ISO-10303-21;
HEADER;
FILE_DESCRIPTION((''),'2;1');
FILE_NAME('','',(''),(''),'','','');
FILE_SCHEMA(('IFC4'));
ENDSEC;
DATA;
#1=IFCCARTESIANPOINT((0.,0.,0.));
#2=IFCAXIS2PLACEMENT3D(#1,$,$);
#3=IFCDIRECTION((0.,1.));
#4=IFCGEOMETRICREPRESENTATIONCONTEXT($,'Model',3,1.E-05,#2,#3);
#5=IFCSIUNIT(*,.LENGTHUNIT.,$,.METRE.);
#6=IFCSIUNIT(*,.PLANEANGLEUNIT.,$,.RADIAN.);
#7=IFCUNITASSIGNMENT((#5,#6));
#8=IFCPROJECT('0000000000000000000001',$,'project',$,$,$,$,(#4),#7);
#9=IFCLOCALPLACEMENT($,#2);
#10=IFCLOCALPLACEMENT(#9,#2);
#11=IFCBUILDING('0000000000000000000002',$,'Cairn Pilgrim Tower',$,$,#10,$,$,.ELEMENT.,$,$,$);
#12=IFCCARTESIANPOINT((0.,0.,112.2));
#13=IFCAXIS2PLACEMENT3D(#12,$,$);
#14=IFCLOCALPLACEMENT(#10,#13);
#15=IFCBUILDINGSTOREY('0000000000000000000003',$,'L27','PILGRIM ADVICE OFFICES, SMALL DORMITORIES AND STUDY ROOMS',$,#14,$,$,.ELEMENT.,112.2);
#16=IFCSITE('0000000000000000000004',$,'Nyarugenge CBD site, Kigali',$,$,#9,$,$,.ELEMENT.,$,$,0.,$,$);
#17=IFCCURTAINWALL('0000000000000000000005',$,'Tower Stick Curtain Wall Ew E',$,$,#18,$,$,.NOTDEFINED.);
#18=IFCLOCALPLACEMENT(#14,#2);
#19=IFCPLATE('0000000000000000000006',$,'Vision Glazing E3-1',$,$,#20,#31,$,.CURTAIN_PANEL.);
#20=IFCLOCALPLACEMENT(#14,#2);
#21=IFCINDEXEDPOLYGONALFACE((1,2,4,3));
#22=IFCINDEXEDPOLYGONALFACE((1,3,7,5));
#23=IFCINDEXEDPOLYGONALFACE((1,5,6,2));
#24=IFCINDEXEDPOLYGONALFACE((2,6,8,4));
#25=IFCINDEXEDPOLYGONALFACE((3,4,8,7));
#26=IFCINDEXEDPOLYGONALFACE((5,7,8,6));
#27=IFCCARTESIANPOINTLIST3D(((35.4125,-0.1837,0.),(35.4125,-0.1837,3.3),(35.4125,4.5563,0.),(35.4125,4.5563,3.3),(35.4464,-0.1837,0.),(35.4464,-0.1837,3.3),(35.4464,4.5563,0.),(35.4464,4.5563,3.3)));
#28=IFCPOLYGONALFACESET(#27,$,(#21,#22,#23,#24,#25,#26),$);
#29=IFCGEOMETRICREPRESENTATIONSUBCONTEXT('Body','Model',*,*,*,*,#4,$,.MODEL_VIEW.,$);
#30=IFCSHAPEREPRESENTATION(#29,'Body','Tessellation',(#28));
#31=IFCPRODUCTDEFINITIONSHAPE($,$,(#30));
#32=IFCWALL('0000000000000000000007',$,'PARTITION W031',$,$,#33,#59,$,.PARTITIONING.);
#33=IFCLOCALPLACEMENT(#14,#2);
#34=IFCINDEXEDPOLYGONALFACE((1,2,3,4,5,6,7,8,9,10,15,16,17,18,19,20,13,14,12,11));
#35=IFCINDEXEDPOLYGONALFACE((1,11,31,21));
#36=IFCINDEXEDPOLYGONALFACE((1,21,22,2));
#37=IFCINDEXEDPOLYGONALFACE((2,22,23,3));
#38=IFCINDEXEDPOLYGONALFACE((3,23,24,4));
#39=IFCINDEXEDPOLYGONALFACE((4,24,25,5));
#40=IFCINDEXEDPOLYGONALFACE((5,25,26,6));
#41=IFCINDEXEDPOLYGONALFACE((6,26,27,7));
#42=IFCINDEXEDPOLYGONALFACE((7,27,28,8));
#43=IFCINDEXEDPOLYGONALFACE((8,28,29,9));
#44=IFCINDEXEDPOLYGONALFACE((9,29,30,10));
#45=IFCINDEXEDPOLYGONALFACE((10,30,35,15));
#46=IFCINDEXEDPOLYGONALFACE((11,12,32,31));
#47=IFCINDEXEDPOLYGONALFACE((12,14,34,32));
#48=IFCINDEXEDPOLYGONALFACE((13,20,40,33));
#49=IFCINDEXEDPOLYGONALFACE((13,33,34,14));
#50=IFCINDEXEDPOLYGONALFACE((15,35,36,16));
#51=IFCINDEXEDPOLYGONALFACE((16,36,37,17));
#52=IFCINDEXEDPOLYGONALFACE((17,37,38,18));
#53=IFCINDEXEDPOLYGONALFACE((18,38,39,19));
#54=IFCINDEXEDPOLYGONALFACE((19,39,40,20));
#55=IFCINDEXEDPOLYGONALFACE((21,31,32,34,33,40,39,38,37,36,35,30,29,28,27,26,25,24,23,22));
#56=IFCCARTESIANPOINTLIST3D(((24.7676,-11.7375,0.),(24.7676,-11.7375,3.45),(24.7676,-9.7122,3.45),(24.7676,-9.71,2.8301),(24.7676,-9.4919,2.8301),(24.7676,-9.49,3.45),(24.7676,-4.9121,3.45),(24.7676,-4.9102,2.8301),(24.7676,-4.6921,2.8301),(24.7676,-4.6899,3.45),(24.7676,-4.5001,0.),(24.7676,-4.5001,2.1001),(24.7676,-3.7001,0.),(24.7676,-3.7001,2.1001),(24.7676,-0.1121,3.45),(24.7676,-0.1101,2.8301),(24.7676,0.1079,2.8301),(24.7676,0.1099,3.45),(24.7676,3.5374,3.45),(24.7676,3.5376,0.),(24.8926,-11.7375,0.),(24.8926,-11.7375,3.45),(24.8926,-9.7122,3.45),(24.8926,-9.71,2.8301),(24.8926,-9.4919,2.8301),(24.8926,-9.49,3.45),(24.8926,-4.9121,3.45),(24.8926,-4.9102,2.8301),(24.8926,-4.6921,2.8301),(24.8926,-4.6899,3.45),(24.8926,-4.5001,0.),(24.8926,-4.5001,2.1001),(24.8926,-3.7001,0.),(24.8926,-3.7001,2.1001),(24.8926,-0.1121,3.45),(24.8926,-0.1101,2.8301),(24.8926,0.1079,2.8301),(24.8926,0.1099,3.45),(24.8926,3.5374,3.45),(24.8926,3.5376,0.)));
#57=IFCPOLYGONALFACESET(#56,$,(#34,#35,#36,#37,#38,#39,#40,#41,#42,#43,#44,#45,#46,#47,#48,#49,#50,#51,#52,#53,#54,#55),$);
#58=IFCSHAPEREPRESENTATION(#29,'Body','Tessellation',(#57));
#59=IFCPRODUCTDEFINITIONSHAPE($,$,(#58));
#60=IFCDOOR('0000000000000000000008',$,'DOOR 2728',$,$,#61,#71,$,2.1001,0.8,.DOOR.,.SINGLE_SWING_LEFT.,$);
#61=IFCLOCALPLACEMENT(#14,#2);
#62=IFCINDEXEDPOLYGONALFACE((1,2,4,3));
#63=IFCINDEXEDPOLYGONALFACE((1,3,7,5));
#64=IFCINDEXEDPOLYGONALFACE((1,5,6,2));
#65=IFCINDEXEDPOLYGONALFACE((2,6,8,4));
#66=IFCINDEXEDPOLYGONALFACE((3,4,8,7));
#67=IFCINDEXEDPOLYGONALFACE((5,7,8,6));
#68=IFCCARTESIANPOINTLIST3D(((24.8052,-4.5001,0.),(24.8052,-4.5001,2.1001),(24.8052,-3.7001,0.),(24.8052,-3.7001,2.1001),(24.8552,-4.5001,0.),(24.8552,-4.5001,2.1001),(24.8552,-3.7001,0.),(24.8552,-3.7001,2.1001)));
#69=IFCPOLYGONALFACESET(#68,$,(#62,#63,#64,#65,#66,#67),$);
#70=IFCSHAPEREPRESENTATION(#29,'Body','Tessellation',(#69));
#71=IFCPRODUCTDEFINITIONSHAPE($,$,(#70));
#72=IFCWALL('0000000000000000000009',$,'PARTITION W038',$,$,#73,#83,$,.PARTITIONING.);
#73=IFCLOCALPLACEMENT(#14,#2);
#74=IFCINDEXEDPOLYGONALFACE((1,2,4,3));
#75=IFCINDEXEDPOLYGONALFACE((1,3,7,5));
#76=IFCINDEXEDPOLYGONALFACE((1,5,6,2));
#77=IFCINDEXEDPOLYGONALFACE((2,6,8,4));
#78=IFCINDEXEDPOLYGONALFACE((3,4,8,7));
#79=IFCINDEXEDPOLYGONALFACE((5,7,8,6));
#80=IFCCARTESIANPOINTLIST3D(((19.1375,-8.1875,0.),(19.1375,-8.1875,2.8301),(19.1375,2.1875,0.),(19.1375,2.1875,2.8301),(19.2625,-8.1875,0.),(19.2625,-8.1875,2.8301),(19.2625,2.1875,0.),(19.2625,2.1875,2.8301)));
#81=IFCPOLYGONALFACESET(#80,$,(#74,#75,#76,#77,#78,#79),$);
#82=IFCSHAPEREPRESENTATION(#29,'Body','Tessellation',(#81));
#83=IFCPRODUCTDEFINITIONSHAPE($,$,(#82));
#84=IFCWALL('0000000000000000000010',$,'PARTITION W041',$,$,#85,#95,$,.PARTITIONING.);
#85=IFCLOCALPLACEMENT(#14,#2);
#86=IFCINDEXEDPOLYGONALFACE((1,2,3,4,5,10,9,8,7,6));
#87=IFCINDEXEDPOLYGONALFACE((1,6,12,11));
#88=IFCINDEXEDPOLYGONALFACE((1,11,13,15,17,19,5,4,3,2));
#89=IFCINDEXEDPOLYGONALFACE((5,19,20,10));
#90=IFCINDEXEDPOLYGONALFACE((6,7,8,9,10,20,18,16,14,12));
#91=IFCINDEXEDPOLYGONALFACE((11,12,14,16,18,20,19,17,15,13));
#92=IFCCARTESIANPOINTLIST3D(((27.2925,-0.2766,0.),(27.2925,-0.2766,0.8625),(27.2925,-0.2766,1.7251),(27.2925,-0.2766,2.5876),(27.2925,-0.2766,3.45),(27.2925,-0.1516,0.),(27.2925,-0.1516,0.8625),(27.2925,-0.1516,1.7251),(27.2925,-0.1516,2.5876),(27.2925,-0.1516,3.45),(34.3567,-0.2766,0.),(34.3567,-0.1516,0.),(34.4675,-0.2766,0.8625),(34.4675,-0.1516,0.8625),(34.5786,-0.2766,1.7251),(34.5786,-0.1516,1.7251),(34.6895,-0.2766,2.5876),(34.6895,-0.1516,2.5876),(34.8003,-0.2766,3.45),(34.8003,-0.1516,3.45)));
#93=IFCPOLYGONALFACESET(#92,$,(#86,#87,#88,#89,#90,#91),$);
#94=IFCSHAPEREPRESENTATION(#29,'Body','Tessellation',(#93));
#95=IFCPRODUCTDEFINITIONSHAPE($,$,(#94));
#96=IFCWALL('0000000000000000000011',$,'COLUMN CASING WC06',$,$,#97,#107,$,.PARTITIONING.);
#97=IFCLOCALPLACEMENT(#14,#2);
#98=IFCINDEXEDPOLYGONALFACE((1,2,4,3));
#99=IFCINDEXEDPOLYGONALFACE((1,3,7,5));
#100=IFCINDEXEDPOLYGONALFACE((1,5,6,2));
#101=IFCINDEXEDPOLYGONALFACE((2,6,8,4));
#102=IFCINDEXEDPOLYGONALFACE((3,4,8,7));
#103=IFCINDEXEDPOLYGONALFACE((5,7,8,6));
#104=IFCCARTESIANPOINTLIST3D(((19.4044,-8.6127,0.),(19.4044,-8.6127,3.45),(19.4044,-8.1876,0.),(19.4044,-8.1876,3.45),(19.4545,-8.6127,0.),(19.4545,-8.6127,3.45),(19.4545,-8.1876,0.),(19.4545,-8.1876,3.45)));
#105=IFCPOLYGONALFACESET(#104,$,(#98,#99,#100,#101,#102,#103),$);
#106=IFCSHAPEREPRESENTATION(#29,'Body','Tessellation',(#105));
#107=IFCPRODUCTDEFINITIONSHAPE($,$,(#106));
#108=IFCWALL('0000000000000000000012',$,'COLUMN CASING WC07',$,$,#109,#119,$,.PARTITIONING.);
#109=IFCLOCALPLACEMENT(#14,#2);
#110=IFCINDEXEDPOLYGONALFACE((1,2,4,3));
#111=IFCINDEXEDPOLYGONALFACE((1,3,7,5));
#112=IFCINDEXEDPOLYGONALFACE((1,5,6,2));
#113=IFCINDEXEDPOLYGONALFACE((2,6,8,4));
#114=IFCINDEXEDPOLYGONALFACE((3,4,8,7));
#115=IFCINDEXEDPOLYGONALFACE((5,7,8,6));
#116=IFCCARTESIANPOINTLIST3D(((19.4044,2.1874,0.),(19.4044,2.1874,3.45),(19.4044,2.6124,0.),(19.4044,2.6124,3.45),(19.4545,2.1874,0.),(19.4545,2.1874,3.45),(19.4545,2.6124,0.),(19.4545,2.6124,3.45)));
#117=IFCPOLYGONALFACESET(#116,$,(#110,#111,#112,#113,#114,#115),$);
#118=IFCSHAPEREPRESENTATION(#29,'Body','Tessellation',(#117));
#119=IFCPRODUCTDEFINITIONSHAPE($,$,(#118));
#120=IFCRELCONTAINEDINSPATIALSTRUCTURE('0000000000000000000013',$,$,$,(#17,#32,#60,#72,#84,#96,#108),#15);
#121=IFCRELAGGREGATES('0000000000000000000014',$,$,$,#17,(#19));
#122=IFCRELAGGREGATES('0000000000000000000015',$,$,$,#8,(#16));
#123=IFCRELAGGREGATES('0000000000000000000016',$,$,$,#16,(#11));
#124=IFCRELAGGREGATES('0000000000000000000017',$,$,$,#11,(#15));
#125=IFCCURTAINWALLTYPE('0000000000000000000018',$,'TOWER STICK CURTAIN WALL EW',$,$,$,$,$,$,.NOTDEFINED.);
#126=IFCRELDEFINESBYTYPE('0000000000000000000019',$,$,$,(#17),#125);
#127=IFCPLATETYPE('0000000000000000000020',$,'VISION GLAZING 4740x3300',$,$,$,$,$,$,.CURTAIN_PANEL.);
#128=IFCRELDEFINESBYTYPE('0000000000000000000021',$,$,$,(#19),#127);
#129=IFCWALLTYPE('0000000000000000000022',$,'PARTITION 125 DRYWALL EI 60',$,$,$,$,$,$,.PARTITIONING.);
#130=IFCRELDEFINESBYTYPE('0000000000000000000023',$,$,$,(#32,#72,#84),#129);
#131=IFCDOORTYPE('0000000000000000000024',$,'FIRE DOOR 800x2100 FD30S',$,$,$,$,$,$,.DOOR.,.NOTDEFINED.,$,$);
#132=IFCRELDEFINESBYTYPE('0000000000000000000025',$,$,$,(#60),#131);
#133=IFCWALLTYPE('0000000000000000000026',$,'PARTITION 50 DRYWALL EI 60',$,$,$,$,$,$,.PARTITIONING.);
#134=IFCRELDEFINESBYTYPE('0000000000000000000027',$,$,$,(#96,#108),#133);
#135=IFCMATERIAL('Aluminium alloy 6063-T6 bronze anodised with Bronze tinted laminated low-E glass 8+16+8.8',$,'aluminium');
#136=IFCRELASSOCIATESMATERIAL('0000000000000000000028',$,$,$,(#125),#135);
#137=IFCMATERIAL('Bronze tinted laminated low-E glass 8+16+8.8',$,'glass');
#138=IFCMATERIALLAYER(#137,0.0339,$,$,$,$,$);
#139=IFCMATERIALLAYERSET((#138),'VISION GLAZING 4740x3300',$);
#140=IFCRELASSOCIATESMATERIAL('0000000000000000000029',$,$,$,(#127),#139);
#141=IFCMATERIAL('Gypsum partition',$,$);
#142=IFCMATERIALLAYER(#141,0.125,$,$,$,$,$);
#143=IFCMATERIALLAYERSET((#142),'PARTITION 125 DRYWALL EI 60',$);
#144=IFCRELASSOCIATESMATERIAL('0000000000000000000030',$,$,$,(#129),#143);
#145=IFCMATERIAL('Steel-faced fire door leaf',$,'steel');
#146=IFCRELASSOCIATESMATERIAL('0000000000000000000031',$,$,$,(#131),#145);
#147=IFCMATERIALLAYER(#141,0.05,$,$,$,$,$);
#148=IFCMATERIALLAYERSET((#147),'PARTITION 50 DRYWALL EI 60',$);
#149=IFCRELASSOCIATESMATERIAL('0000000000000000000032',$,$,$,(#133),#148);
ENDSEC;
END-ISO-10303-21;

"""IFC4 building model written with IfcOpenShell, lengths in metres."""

from ifc_helpers import new_model, si_unit, direction, frame, frame_2d, origin, origin_2d, place, context, subcontext, project, spatial, polyline, rectangle, outline, extrude, material, layer, layer_set, type_object, element, fill, aggregate, save


model = new_model("IFC4")

# Units and contexts
model_context = context("Model", 3, precision=1e-05, world=origin(), true_north=direction((0.0, 1.0)))
body_context = subcontext(model_context, "Body", "Model", "MODEL_VIEW")
ifc_project = project(units=[si_unit("LENGTHUNIT", "METRE"), si_unit("PLANEANGLEUNIT", "RADIAN")], contexts=[model_context])

# Site, building, storey
site_placement = place(None, origin())
site = spatial("IfcSite", under=ifc_project, at=site_placement, Name="Nyarugenge CBD site, Kigali", CompositionType="ELEMENT", RefElevation=0.0)
building_placement = place(site_placement, origin())
building = spatial("IfcBuilding", under=site, at=building_placement, Name="Cairn Pilgrim Tower", CompositionType="ELEMENT")
storey_placement = place(building_placement, frame((0.0, 0.0, 112.2)))
storey = spatial("IfcBuildingStorey", under=building, at=storey_placement, Name="L27", Description="PILGRIM ADVICE OFFICES, SMALL DORMITORIES AND STUDY ROOMS", CompositionType="ELEMENT", Elevation=112.2)

# Curtain wall
ifc_material_1 = material(Name="Aluminium alloy 6063-T6 bronze anodised with Bronze tinted laminated low-E glass 8+16+8.8", Category="aluminium")
curtain_wall_type_1 = type_object("IfcCurtainWallType", Name="TOWER STICK CURTAIN WALL EW", PredefinedType="NOTDEFINED", material=ifc_material_1)
curtain_wall_1_placement = place(storey_placement, origin())
curtain_wall_1 = element("IfcCurtainWall", 1, at=curtain_wall_1_placement, inside=storey, type_object=curtain_wall_type_1, Name="Tower Stick Curtain Wall Ew E", PredefinedType="NOTDEFINED")

# Shared definitions
ifc_material_2 = material(Name="Bronze tinted laminated low-E glass 8+16+8.8", Category="glass")

# Plate
ifc_layer_1 = layer(ifc_material_2, 0.0339)
ifc_layer_set_1 = layer_set([ifc_layer_1], Name="VISION GLAZING 4740x3300")
plate_type_1 = type_object("IfcPlateType", Name="VISION GLAZING 4740x3300", PredefinedType="CURTAIN_PANEL", material=ifc_layer_set_1)
plate_1_placement = place(storey_placement, frame((35.4294, 2.1863, 0.0), z_axis=(0.0, 0.0, 1.0), x_axis=(0.0, 1.0, 0.0)))
plate_1 = element("IfcPlate", 2, at=plate_1_placement, type_object=plate_type_1, Name="Vision Glazing E3-1", PredefinedType="CURTAIN_PANEL", context=body_context, shape_type="SweptSolid", body=[
    extrude(rectangle(XDim=4.74, YDim=0.0339, at=origin_2d()), origin(), (0.0, 0.0, 1.0), 3.3),
])
aggregate(curtain_wall_1, [plate_1])

# Wall, opening, door
ifc_material_3 = material(Name="Gypsum partition")
ifc_layer_2 = layer(ifc_material_3, 0.125)
ifc_layer_set_2 = layer_set([ifc_layer_2], Name="PARTITION 125 DRYWALL EI 60")
wall_type_1 = type_object("IfcWallType", Name="PARTITION 125 DRYWALL EI 60", PredefinedType="PARTITIONING", material=ifc_layer_set_2)
wall_1_placement = place(storey_placement, frame((24.8301, -11.7375, 0.0), z_axis=(0.0, 0.0, 1.0), x_axis=(0.0, 1.0, 0.0)))
wall_1 = element("IfcWall", 3, at=wall_1_placement, inside=storey, type_object=wall_type_1, Name="PARTITION W031", PredefinedType="PARTITIONING", context=body_context, shape_type="SweptSolid", body=[
    extrude(outline(polyline([(0.0, 0.0), (15.2751, 0.0), (15.2749, 3.45), (11.8474, 3.45), (11.8455, 2.8301), (11.6274, 2.8301), (11.6255, 3.45), (7.0476, 3.45), (7.0454, 2.8301), (6.8274, 2.8301), (6.8254, 3.45), (2.2476, 3.45), (2.2456, 2.8301), (2.0276, 2.8301), (2.0254, 3.45), (0.0, 3.45), (0.0, 0.0)])), frame((0.0, 0.0625, 0.0), z_axis=(0.0, -1.0, 0.0), x_axis=(1.0, 0.0, 0.0)), (0.0, 0.0, 1.0), 0.125),
])
opening_1_placement = place(wall_1_placement, frame((7.2375, 0.0, 0.0)))
opening_1 = element("IfcOpeningElement", 4, at=opening_1_placement, cuts=wall_1, PredefinedType="OPENING", context=body_context, shape_type="SweptSolid", body=[
    extrude(rectangle(XDim=0.8, YDim=2.1001, at=frame_2d((0.3999, 1.05))), frame((0.0, 0.0725, 0.0), z_axis=(0.0, -1.0, 0.0), x_axis=(1.0, 0.0, 0.0)), (0.0, 0.0, 1.0), 0.145),
])
ifc_material_4 = material(Name="Steel-faced fire door leaf", Category="steel")
door_type_1 = type_object("IfcDoorType", Name="FIRE DOOR 800x2100 FD30S", OperationType="NOTDEFINED", PredefinedType="DOOR", material=ifc_material_4)
door_1_placement = place(opening_1_placement, origin())
door_1 = element("IfcDoor", 5, at=door_1_placement, inside=storey, type_object=door_type_1, Name="DOOR 2728", OperationType="SINGLE_SWING_LEFT", OverallHeight=2.1001, OverallWidth=0.8, PredefinedType="DOOR", context=body_context, shape_type="SweptSolid", body=[
    extrude(rectangle(XDim=0.8, YDim=2.1001, at=frame_2d((0.3999, 1.05))), frame((0.0, 0.0249, 0.0), z_axis=(0.0, -1.0, 0.0), x_axis=(1.0, 0.0, 0.0)), (0.0, 0.0, 1.0), 0.05),
])
fill(opening_1, door_1)

# Walls
wall_2_placement = place(storey_placement, frame((19.2, -8.1875, 0.0), z_axis=(0.0, 0.0, 1.0), x_axis=(0.0, 1.0, 0.0)))
element("IfcWall", 6, at=wall_2_placement, inside=storey, type_object=wall_type_1, Name="PARTITION W038", PredefinedType="PARTITIONING", context=body_context, shape_type="SweptSolid", body=[
    extrude(rectangle(XDim=10.375, YDim=0.125, at=frame_2d((5.1875, 0.0))), origin(), (0.0, 0.0, 1.0), 2.8301),
])
wall_3_placement = place(storey_placement, frame((27.2925, -0.2141, 0.0), z_axis=(0.0, 0.0, 1.0), x_axis=(1.0, 0.0, 0.0)))
element("IfcWall", 7, at=wall_3_placement, inside=storey, type_object=wall_type_1, Name="PARTITION W041", PredefinedType="PARTITIONING", context=body_context, shape_type="SweptSolid", body=[
    extrude(outline(polyline([(0.0, 0.0), (7.0642, 0.0), (7.175, 0.8625), (7.2861, 1.7251), (7.397, 2.5876), (7.5078, 3.45), (0.0, 3.45), (0.0, 2.5876), (0.0, 1.7251), (0.0, 0.8625), (0.0, 0.0)])), frame((0.0, 0.0625, 0.0), z_axis=(0.0, -1.0, 0.0), x_axis=(1.0, 0.0, 0.0)), (0.0, 0.0, 1.0), 0.125),
])
ifc_layer_3 = layer(ifc_material_3, 0.05)
ifc_layer_set_3 = layer_set([ifc_layer_3], Name="PARTITION 50 DRYWALL EI 60")
wall_type_2 = type_object("IfcWallType", Name="PARTITION 50 DRYWALL EI 60", PredefinedType="PARTITIONING", material=ifc_layer_set_3)
for number, where, z_axis, x_axis, name in (
    (8, (19.4294, -8.6125, 0.0), (0.0, 0.0, 1.0), (0.0, 1.0, 0.0), "COLUMN CASING WC06"),
    (9, (19.4294, 2.1875, 0.0), (0.0, 0.0, 1.0), (0.0, 1.0, 0.0), "COLUMN CASING WC07"),
):
    element("IfcWall", number, at=place(storey_placement, frame(where, z_axis=z_axis, x_axis=x_axis)), inside=storey, type_object=wall_type_2, Name=name, PredefinedType="PARTITIONING", context=body_context, shape_type="SweptSolid", body=[
        extrude(rectangle(XDim=0.425, YDim=0.05, at=frame_2d((0.2124, 0.0))), origin(), (0.0, 0.0, 1.0), 3.45),
    ])

save(model, "model.ifc")
